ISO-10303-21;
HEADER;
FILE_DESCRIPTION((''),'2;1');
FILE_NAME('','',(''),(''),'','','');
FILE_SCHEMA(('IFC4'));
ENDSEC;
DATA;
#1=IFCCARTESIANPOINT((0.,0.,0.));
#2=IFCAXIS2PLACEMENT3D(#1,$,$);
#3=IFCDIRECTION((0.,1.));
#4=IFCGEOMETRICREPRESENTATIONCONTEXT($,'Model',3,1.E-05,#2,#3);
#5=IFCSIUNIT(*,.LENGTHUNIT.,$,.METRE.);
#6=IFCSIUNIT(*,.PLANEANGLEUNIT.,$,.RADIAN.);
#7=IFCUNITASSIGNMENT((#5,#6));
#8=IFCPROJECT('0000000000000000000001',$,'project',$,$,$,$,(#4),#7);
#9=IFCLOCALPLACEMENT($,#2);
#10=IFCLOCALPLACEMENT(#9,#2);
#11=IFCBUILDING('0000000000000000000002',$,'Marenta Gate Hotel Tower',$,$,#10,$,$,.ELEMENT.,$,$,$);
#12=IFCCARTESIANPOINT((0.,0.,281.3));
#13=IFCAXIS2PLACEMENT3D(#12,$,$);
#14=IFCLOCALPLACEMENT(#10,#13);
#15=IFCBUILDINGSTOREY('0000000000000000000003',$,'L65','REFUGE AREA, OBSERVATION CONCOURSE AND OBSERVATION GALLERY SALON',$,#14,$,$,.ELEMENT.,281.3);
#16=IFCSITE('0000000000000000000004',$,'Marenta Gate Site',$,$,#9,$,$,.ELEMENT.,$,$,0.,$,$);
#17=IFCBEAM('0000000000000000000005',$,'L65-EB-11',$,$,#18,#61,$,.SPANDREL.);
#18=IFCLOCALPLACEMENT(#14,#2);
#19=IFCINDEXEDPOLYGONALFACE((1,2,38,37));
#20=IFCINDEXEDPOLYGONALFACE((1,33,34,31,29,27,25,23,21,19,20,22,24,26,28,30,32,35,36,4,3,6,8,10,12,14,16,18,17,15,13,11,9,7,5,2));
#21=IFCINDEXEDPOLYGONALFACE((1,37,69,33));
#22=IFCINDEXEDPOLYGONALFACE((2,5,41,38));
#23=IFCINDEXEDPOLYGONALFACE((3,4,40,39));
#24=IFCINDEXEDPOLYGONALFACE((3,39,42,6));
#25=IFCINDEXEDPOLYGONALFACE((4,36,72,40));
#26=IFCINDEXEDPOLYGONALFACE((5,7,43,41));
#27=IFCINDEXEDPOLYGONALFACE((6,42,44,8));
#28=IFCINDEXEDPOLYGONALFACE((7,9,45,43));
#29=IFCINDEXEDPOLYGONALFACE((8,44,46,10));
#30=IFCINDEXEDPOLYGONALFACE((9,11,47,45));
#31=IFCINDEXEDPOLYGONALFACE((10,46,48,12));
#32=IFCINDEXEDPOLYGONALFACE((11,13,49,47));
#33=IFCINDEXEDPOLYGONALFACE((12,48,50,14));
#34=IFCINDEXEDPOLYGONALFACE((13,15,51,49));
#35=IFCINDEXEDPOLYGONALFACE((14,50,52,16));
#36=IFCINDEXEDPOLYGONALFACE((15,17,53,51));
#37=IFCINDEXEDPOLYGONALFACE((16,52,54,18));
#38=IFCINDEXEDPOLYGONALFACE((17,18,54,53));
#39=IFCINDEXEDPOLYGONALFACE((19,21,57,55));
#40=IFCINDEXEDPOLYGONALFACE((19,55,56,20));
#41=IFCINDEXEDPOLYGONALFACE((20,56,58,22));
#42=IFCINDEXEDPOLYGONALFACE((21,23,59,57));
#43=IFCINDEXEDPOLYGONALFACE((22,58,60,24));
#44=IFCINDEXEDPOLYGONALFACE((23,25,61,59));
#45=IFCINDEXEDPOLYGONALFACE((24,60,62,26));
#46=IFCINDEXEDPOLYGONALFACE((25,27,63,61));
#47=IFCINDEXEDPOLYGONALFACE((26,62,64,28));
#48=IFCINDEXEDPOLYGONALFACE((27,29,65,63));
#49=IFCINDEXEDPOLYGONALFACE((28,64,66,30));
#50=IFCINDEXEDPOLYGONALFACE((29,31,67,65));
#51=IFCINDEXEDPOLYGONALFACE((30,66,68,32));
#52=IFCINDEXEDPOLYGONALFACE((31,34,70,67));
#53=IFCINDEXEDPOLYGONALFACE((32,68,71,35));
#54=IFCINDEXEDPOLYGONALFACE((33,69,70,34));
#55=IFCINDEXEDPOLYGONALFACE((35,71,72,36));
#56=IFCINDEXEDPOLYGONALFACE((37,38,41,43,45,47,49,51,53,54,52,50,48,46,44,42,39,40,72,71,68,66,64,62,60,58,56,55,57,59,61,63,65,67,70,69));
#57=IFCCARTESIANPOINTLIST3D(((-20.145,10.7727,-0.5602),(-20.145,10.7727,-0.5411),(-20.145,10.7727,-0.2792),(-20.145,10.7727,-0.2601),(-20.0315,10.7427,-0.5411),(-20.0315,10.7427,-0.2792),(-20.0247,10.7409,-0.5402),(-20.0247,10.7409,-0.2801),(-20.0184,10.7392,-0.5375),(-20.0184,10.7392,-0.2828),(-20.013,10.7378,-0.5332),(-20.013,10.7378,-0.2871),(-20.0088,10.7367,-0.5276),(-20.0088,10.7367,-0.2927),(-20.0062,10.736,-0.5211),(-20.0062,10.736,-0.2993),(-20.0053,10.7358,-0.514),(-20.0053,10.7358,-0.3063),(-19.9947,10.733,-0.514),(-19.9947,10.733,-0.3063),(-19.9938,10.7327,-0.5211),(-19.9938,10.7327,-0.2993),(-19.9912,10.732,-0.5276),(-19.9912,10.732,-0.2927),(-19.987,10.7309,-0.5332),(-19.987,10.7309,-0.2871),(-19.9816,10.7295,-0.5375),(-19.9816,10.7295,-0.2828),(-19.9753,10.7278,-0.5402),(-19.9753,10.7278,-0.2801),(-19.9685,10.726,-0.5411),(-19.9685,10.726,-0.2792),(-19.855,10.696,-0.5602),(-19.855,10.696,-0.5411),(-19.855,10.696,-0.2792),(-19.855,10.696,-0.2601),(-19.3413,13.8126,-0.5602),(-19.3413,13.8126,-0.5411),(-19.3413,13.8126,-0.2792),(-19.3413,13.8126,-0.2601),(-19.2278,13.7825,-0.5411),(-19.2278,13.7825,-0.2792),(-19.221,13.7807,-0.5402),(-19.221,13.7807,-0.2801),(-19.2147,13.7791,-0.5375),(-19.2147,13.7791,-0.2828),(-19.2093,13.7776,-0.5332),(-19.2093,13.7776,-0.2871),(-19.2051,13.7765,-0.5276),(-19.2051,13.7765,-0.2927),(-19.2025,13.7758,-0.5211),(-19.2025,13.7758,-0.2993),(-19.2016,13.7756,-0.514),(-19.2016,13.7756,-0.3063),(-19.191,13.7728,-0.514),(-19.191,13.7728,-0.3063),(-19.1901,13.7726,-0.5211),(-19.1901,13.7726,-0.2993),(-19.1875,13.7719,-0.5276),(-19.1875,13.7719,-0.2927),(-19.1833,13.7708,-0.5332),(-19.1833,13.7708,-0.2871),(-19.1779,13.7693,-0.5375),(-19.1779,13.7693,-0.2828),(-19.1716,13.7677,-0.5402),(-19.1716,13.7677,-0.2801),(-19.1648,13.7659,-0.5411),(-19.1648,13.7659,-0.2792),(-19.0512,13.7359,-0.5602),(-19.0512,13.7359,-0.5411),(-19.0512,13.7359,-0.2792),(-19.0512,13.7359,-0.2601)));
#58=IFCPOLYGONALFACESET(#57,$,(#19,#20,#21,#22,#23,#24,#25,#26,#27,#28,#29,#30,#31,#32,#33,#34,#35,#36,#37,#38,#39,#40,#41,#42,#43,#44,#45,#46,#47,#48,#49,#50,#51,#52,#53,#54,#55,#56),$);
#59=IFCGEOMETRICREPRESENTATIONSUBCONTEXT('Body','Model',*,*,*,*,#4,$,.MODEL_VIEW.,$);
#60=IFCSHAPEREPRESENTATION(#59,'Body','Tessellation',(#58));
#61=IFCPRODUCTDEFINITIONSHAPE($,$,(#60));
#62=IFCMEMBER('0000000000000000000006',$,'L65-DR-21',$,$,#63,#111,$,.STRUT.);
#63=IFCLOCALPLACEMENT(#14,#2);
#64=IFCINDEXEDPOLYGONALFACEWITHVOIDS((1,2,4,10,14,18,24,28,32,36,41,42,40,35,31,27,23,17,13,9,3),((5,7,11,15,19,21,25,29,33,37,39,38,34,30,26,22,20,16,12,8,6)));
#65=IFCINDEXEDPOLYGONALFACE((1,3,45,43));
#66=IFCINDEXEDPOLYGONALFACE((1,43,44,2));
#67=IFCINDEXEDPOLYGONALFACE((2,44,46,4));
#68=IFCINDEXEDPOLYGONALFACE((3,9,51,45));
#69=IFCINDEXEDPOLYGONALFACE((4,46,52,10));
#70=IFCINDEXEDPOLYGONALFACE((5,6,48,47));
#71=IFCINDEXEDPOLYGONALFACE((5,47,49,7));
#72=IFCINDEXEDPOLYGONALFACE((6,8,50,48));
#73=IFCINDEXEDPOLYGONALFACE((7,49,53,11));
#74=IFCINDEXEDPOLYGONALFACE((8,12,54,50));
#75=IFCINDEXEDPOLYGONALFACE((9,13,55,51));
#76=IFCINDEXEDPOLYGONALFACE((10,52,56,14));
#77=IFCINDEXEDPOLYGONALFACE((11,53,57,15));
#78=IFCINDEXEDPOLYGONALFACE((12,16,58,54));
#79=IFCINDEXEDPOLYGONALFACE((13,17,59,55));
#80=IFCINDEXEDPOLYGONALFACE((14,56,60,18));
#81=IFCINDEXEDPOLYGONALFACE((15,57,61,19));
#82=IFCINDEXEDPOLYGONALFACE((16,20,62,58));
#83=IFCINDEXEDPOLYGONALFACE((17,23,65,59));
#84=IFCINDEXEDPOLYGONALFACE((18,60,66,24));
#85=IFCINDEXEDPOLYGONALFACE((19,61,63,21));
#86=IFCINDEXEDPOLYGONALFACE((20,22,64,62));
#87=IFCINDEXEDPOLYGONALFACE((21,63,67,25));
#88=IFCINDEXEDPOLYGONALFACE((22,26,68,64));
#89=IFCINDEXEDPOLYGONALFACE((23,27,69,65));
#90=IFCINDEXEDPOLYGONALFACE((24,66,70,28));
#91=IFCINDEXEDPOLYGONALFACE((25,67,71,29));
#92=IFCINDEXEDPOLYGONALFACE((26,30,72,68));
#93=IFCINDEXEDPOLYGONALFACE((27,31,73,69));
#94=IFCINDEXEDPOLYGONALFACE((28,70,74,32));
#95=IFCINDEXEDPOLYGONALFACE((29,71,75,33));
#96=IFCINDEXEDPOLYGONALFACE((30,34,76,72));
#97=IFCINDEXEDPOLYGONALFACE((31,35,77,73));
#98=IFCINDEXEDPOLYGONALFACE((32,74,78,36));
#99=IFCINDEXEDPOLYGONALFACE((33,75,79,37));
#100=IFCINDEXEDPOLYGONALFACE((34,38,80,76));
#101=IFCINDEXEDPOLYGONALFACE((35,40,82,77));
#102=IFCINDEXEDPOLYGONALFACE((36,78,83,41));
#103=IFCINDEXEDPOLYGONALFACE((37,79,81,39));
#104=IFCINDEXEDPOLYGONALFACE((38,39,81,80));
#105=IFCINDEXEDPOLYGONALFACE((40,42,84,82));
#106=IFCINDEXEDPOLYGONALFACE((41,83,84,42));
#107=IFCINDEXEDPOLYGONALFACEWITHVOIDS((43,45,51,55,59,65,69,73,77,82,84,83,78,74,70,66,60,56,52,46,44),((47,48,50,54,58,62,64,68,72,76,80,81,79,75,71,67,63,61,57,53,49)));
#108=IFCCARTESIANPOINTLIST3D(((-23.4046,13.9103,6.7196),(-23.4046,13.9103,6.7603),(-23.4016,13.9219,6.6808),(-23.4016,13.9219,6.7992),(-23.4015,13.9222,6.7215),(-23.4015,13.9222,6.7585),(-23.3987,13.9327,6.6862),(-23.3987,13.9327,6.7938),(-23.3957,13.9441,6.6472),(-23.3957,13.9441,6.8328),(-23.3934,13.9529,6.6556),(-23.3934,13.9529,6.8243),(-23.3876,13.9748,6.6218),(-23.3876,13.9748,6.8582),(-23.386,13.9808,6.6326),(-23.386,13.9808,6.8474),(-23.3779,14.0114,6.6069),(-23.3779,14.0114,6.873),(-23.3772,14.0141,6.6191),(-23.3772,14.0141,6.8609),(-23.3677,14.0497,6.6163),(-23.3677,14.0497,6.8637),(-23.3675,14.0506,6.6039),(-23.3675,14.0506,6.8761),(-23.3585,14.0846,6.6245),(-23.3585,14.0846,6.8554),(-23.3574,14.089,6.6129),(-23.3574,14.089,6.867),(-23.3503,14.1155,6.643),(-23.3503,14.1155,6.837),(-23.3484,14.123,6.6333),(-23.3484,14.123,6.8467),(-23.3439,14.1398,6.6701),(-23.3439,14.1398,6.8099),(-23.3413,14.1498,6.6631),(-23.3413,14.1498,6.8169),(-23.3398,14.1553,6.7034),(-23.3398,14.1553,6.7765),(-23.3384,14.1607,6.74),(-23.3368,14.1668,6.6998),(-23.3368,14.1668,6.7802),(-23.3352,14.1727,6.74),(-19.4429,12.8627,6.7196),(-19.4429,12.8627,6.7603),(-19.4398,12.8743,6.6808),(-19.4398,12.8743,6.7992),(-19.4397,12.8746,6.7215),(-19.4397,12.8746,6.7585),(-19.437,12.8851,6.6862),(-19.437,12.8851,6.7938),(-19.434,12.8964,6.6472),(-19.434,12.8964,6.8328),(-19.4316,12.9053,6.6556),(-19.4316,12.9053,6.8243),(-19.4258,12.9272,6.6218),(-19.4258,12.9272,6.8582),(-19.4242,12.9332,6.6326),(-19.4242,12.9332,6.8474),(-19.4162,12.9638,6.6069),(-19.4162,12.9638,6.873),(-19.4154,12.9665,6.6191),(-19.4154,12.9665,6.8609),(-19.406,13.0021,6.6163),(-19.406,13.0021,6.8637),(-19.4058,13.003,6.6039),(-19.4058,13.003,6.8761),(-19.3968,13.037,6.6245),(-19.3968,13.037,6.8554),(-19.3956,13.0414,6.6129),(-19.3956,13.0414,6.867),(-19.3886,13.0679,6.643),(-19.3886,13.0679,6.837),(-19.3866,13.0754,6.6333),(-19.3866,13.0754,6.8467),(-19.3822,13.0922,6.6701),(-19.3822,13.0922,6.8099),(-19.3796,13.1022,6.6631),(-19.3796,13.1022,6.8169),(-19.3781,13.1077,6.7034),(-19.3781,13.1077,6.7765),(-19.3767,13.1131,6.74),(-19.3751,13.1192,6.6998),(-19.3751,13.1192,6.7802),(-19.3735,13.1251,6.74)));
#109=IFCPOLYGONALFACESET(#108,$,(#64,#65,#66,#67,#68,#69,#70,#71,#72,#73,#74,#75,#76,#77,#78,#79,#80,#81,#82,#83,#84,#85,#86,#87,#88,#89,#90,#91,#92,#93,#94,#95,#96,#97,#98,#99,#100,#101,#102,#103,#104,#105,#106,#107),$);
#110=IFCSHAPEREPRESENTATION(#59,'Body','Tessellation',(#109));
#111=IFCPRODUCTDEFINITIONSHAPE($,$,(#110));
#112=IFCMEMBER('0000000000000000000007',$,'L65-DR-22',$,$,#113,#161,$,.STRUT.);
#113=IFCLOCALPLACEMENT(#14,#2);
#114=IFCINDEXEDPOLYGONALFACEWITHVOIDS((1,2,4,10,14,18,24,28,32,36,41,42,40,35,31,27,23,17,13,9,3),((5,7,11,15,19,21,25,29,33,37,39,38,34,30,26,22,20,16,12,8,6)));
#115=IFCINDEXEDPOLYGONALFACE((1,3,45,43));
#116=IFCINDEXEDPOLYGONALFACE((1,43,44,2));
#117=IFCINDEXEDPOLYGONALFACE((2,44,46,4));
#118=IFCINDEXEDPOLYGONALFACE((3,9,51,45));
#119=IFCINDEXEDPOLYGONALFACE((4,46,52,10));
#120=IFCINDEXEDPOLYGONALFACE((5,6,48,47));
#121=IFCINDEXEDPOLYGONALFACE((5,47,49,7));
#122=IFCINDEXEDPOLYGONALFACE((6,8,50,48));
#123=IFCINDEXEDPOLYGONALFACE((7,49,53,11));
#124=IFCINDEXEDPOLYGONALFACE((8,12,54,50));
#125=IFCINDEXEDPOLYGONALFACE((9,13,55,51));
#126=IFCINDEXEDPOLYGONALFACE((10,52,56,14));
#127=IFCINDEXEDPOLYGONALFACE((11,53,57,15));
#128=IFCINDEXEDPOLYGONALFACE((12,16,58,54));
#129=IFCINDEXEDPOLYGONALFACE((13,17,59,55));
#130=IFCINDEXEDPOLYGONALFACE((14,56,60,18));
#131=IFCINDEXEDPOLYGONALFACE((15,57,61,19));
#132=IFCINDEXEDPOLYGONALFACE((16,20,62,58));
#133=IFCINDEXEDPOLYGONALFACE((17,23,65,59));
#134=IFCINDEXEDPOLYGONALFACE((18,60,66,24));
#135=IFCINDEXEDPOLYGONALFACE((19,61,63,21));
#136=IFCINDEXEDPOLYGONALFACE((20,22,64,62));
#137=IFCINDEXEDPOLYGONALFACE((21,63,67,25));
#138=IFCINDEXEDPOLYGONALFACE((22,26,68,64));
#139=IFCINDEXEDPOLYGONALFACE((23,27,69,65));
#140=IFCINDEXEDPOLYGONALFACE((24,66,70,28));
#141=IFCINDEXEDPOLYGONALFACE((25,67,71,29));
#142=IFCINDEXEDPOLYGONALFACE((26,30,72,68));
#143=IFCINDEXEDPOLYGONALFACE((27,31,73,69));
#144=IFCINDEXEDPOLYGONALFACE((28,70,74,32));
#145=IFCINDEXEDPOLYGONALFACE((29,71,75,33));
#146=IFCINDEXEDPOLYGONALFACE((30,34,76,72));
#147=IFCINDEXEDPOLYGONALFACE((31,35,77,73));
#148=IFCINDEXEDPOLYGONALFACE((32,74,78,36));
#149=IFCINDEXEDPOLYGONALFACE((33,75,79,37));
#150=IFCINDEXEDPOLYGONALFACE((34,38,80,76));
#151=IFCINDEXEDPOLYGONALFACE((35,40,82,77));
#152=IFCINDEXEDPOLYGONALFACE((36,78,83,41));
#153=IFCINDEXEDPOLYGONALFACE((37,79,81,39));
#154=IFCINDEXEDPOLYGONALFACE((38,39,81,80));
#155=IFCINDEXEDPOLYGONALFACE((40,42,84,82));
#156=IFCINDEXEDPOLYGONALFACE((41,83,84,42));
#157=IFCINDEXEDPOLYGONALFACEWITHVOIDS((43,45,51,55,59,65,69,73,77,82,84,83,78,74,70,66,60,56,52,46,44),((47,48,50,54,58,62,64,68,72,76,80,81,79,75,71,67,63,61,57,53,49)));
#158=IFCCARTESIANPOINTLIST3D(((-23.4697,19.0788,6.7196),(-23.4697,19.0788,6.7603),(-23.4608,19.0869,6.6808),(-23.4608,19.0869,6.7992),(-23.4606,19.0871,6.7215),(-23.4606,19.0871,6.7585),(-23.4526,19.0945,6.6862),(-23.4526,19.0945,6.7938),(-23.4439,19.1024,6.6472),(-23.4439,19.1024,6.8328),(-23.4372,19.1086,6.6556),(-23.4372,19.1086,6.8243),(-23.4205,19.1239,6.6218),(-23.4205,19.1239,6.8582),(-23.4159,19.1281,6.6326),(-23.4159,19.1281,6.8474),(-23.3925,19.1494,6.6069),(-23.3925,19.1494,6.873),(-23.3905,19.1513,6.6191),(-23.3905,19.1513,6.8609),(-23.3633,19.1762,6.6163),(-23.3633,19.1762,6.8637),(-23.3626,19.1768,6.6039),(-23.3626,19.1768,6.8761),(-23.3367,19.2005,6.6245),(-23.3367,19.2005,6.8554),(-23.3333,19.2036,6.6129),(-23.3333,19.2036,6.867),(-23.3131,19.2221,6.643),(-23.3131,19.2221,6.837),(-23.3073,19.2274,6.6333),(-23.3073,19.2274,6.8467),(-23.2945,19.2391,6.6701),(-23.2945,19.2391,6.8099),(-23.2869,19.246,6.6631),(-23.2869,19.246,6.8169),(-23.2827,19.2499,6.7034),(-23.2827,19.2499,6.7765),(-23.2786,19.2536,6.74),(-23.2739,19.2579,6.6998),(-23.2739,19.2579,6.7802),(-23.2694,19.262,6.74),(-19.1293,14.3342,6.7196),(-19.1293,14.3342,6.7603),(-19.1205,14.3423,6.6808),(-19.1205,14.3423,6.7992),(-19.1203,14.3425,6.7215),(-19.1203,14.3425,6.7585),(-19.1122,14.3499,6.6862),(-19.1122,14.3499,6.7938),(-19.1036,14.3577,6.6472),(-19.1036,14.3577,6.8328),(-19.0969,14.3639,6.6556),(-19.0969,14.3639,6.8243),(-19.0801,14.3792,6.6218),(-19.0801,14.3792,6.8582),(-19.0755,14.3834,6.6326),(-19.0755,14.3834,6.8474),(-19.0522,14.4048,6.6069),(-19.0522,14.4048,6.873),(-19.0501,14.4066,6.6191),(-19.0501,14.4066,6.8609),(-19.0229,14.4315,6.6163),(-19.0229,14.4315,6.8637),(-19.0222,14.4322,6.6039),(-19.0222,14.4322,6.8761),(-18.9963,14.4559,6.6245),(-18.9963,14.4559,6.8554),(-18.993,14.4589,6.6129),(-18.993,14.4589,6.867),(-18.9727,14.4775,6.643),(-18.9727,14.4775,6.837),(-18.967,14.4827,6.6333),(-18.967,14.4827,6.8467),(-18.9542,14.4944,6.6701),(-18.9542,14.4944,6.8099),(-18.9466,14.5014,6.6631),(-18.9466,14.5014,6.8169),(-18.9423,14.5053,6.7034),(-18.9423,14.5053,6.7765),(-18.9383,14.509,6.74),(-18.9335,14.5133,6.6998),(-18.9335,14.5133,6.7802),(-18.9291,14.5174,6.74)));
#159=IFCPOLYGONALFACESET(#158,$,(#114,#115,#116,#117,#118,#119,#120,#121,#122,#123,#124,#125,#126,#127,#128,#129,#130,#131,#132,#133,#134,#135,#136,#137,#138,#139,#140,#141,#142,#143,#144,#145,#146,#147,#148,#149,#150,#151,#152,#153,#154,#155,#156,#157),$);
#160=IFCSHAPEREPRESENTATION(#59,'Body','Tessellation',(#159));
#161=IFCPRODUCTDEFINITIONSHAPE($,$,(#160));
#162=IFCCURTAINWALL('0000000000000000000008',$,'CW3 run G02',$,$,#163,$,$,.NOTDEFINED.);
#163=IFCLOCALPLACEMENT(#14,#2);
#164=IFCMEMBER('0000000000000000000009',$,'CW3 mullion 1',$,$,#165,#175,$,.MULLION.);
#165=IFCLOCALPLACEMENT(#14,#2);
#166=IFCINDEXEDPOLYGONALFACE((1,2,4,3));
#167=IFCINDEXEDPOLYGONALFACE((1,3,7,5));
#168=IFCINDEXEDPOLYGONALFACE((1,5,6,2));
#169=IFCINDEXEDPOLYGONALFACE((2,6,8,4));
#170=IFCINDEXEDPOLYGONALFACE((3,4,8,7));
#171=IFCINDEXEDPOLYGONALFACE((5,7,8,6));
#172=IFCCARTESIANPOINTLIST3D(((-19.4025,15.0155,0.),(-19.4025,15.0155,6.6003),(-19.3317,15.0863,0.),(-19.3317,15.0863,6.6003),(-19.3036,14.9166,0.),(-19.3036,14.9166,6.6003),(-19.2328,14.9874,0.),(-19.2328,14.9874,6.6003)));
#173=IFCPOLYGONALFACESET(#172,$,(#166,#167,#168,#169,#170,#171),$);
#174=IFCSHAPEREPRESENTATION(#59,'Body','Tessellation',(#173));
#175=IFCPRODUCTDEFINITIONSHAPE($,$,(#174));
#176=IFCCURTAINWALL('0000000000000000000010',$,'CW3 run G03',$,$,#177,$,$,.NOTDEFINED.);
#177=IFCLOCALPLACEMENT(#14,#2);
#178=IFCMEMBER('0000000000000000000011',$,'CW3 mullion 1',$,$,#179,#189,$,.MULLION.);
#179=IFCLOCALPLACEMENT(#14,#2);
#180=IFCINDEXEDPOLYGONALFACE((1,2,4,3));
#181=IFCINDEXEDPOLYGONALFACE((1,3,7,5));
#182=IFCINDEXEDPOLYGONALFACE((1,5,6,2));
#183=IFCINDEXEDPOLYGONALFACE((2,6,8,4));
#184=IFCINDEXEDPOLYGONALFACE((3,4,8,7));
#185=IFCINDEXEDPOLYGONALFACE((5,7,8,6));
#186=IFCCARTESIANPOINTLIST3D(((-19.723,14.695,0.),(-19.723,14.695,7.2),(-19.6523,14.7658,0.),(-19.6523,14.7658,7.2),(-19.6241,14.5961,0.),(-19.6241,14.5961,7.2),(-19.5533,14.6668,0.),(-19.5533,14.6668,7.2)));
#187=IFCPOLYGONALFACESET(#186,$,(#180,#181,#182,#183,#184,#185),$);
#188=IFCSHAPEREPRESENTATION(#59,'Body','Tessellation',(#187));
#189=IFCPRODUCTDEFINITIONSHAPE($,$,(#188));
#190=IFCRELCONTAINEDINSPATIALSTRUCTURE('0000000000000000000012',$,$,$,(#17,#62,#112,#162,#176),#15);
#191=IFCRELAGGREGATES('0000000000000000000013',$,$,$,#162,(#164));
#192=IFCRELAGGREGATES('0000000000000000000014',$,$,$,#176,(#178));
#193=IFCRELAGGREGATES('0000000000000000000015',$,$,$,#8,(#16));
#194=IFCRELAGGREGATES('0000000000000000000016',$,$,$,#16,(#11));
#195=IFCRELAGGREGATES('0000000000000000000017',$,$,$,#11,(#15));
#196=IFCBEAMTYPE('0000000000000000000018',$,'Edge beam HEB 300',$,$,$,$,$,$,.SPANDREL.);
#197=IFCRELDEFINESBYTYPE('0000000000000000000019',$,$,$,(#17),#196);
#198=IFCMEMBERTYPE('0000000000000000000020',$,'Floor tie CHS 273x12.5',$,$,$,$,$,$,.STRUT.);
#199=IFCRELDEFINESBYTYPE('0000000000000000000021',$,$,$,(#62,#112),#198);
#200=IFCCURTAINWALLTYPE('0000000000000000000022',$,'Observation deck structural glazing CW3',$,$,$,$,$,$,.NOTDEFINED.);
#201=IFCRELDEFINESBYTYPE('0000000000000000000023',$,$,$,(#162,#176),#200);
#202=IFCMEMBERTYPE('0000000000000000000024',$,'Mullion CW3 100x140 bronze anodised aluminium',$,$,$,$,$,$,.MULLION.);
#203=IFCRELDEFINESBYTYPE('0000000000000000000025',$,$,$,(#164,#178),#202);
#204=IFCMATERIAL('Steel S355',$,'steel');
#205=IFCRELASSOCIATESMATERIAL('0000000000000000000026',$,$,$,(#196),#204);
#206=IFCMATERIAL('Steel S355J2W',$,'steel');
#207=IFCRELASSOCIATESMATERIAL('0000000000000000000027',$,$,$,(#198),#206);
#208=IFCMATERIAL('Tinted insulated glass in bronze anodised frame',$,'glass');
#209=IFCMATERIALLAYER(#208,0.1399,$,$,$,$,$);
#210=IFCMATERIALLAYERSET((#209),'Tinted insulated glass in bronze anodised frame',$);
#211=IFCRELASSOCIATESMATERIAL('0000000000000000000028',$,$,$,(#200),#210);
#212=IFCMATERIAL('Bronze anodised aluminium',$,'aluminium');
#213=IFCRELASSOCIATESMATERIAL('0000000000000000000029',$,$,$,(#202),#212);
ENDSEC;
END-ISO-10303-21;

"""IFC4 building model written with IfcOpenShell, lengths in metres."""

from ifc_helpers import new_model, si_unit, direction, frame, origin, origin_2d, place, context, subcontext, project, spatial, rectangle, hollow_circle, i_section, extrude, material, layer, layer_set, material_profile, profile_set, type_object, element, aggregate, save


model = new_model("IFC4")

# Units and contexts
model_context = context("Model", 3, precision=1e-05, world=origin(), true_north=direction((0.0, 1.0)))
body_context = subcontext(model_context, "Body", "Model", "MODEL_VIEW")
ifc_project = project(units=[si_unit("LENGTHUNIT", "METRE"), si_unit("PLANEANGLEUNIT", "RADIAN")], contexts=[model_context])

# Site, building, storey
site_placement = place(None, origin())
site = spatial("IfcSite", under=ifc_project, at=site_placement, Name="Marenta Gate Site", CompositionType="ELEMENT", RefElevation=0.0)
building_placement = place(site_placement, origin())
building = spatial("IfcBuilding", under=site, at=building_placement, Name="Marenta Gate Hotel Tower", CompositionType="ELEMENT")
storey_placement = place(building_placement, frame((0.0, 0.0, 281.3)))
storey = spatial("IfcBuildingStorey", under=building, at=storey_placement, Name="L65", Description="REFUGE AREA, OBSERVATION CONCOURSE AND OBSERVATION GALLERY SALON", CompositionType="ELEMENT", Elevation=281.3)

# Beam
ifc_material_1 = material(Name="Steel S355", Category="steel")
ifc_material_profile_1 = material_profile(ifc_material_1, i_section(OverallWidth=0.3, OverallDepth=0.3, WebThickness=0.011, FlangeThickness=0.019, FilletRadius=0.0271, at=origin_2d()), Name="HEB 300")
ifc_profile_set_1 = profile_set([ifc_material_profile_1], Name="Steel S355")
beam_type = type_object("IfcBeamType", Name="Edge beam HEB 300", PredefinedType="SPANDREL", material=ifc_profile_set_1)
beam_placement = place(storey_placement, frame((-20.0, 10.7344, -0.4102), z_axis=(0.255613, 0.966779, 0.0), x_axis=(-0.966779, 0.255613, 0.0)))
element("IfcBeam", 1, at=beam_placement, inside=storey, type_object=beam_type, Name="L65-EB-11", PredefinedType="SPANDREL", context=body_context, shape_type="SweptSolid", body=[
    extrude(i_section(OverallWidth=0.3, OverallDepth=0.3, WebThickness=0.011, FlangeThickness=0.019, FilletRadius=0.0271, at=origin_2d()), origin(), (0.0, 0.0, 1.0), 3.1443),
])

# Members
ifc_material_2 = material(Name="Steel S355J2W", Category="steel")
ifc_material_profile_2 = material_profile(ifc_material_2, hollow_circle(Radius=0.1365, WallThickness=0.0125, at=origin_2d()), Name="CHS 273x12.5")
ifc_profile_set_2 = profile_set([ifc_material_profile_2], Name="Steel S355J2W")
member_type_1 = type_object("IfcMemberType", Name="Floor tie CHS 273x12.5", PredefinedType="STRUT", material=ifc_profile_set_2)
member_1_placement = place(storey_placement, frame((-23.3701, 14.0408, 6.74), z_axis=(0.96677, -0.255649, 0.0), x_axis=(0.255649, 0.96677, 0.0)))
element("IfcMember", 2, at=member_1_placement, inside=storey, type_object=member_type_1, Name="L65-DR-21", PredefinedType="STRUT", context=body_context, shape_type="SweptSolid", body=[
    extrude(hollow_circle(Radius=0.1365, WallThickness=0.0125, at=origin_2d()), origin(), (0.0, 0.0, 1.0), 4.0979),
])
member_2_placement = place(storey_placement, frame((-23.3701, 19.1699, 6.74), z_axis=(0.674971, -0.737844, 0.0), x_axis=(0.737844, 0.674971, 0.0)))
element("IfcMember", 3, at=member_2_placement, inside=storey, type_object=member_type_1, Name="L65-DR-22", PredefinedType="STRUT", context=body_context, shape_type="SweptSolid", body=[
    extrude(hollow_circle(Radius=0.1365, WallThickness=0.0125, at=origin_2d()), origin(), (0.0, 0.0, 1.0), 6.4304),
])

# Curtain walls, members
ifc_material_3 = material(Name="Tinted insulated glass in bronze anodised frame", Category="glass")
ifc_layer_1 = layer(ifc_material_3, 0.1399)
ifc_layer_set_1 = layer_set([ifc_layer_1], Name="Tinted insulated glass in bronze anodised frame")
curtain_wall_type = type_object("IfcCurtainWallType", Name="Observation deck structural glazing CW3", PredefinedType="NOTDEFINED", material=ifc_layer_set_1)
curtain_wall_1_placement = place(storey_placement, origin())
curtain_wall_1 = element("IfcCurtainWall", 4, at=curtain_wall_1_placement, inside=storey, type_object=curtain_wall_type, Name="CW3 run G02", PredefinedType="NOTDEFINED")
ifc_material_4 = material(Name="Bronze anodised aluminium", Category="aluminium")
ifc_material_profile_3 = material_profile(ifc_material_4, rectangle(XDim=0.1399, YDim=0.1001, at=origin_2d()), Name="Mullion CW3 100x140 bronze anodised aluminium")
ifc_profile_set_3 = profile_set([ifc_material_profile_3], Name="Bronze anodised aluminium")
member_type_2 = type_object("IfcMemberType", Name="Mullion CW3 100x140 bronze anodised aluminium", PredefinedType="MULLION", material=ifc_profile_set_3)
member_3_placement = place(storey_placement, frame((-19.3176, 15.0015, 0.0), z_axis=(0.0, 0.0, 1.0), x_axis=(0.706997, -0.707217, 0.0)))
member_3 = element("IfcMember", 5, at=member_3_placement, type_object=member_type_2, Name="CW3 mullion 1", PredefinedType="MULLION", context=body_context, shape_type="SweptSolid", body=[
    extrude(rectangle(XDim=0.1399, YDim=0.1001, at=origin_2d()), origin(), (0.0, 0.0, 1.0), 6.6003),
])
curtain_wall_2_placement = place(storey_placement, origin())
curtain_wall_2 = element("IfcCurtainWall", 6, at=curtain_wall_2_placement, inside=storey, type_object=curtain_wall_type, Name="CW3 run G03", PredefinedType="NOTDEFINED")
member_4_placement = place(storey_placement, frame((-19.6382, 14.6809, 0.0), z_axis=(0.0, 0.0, 1.0), x_axis=(0.707193, -0.70702, 0.0)))
member_4 = element("IfcMember", 7, at=member_4_placement, type_object=member_type_2, Name="CW3 mullion 1", PredefinedType="MULLION", context=body_context, shape_type="SweptSolid", body=[
    extrude(rectangle(XDim=0.1399, YDim=0.1001, at=origin_2d()), origin(), (0.0, 0.0, 1.0), 7.2),
])

aggregate(curtain_wall_1, [member_3])
aggregate(curtain_wall_2, [member_4])

save(model, "model.ifc")
